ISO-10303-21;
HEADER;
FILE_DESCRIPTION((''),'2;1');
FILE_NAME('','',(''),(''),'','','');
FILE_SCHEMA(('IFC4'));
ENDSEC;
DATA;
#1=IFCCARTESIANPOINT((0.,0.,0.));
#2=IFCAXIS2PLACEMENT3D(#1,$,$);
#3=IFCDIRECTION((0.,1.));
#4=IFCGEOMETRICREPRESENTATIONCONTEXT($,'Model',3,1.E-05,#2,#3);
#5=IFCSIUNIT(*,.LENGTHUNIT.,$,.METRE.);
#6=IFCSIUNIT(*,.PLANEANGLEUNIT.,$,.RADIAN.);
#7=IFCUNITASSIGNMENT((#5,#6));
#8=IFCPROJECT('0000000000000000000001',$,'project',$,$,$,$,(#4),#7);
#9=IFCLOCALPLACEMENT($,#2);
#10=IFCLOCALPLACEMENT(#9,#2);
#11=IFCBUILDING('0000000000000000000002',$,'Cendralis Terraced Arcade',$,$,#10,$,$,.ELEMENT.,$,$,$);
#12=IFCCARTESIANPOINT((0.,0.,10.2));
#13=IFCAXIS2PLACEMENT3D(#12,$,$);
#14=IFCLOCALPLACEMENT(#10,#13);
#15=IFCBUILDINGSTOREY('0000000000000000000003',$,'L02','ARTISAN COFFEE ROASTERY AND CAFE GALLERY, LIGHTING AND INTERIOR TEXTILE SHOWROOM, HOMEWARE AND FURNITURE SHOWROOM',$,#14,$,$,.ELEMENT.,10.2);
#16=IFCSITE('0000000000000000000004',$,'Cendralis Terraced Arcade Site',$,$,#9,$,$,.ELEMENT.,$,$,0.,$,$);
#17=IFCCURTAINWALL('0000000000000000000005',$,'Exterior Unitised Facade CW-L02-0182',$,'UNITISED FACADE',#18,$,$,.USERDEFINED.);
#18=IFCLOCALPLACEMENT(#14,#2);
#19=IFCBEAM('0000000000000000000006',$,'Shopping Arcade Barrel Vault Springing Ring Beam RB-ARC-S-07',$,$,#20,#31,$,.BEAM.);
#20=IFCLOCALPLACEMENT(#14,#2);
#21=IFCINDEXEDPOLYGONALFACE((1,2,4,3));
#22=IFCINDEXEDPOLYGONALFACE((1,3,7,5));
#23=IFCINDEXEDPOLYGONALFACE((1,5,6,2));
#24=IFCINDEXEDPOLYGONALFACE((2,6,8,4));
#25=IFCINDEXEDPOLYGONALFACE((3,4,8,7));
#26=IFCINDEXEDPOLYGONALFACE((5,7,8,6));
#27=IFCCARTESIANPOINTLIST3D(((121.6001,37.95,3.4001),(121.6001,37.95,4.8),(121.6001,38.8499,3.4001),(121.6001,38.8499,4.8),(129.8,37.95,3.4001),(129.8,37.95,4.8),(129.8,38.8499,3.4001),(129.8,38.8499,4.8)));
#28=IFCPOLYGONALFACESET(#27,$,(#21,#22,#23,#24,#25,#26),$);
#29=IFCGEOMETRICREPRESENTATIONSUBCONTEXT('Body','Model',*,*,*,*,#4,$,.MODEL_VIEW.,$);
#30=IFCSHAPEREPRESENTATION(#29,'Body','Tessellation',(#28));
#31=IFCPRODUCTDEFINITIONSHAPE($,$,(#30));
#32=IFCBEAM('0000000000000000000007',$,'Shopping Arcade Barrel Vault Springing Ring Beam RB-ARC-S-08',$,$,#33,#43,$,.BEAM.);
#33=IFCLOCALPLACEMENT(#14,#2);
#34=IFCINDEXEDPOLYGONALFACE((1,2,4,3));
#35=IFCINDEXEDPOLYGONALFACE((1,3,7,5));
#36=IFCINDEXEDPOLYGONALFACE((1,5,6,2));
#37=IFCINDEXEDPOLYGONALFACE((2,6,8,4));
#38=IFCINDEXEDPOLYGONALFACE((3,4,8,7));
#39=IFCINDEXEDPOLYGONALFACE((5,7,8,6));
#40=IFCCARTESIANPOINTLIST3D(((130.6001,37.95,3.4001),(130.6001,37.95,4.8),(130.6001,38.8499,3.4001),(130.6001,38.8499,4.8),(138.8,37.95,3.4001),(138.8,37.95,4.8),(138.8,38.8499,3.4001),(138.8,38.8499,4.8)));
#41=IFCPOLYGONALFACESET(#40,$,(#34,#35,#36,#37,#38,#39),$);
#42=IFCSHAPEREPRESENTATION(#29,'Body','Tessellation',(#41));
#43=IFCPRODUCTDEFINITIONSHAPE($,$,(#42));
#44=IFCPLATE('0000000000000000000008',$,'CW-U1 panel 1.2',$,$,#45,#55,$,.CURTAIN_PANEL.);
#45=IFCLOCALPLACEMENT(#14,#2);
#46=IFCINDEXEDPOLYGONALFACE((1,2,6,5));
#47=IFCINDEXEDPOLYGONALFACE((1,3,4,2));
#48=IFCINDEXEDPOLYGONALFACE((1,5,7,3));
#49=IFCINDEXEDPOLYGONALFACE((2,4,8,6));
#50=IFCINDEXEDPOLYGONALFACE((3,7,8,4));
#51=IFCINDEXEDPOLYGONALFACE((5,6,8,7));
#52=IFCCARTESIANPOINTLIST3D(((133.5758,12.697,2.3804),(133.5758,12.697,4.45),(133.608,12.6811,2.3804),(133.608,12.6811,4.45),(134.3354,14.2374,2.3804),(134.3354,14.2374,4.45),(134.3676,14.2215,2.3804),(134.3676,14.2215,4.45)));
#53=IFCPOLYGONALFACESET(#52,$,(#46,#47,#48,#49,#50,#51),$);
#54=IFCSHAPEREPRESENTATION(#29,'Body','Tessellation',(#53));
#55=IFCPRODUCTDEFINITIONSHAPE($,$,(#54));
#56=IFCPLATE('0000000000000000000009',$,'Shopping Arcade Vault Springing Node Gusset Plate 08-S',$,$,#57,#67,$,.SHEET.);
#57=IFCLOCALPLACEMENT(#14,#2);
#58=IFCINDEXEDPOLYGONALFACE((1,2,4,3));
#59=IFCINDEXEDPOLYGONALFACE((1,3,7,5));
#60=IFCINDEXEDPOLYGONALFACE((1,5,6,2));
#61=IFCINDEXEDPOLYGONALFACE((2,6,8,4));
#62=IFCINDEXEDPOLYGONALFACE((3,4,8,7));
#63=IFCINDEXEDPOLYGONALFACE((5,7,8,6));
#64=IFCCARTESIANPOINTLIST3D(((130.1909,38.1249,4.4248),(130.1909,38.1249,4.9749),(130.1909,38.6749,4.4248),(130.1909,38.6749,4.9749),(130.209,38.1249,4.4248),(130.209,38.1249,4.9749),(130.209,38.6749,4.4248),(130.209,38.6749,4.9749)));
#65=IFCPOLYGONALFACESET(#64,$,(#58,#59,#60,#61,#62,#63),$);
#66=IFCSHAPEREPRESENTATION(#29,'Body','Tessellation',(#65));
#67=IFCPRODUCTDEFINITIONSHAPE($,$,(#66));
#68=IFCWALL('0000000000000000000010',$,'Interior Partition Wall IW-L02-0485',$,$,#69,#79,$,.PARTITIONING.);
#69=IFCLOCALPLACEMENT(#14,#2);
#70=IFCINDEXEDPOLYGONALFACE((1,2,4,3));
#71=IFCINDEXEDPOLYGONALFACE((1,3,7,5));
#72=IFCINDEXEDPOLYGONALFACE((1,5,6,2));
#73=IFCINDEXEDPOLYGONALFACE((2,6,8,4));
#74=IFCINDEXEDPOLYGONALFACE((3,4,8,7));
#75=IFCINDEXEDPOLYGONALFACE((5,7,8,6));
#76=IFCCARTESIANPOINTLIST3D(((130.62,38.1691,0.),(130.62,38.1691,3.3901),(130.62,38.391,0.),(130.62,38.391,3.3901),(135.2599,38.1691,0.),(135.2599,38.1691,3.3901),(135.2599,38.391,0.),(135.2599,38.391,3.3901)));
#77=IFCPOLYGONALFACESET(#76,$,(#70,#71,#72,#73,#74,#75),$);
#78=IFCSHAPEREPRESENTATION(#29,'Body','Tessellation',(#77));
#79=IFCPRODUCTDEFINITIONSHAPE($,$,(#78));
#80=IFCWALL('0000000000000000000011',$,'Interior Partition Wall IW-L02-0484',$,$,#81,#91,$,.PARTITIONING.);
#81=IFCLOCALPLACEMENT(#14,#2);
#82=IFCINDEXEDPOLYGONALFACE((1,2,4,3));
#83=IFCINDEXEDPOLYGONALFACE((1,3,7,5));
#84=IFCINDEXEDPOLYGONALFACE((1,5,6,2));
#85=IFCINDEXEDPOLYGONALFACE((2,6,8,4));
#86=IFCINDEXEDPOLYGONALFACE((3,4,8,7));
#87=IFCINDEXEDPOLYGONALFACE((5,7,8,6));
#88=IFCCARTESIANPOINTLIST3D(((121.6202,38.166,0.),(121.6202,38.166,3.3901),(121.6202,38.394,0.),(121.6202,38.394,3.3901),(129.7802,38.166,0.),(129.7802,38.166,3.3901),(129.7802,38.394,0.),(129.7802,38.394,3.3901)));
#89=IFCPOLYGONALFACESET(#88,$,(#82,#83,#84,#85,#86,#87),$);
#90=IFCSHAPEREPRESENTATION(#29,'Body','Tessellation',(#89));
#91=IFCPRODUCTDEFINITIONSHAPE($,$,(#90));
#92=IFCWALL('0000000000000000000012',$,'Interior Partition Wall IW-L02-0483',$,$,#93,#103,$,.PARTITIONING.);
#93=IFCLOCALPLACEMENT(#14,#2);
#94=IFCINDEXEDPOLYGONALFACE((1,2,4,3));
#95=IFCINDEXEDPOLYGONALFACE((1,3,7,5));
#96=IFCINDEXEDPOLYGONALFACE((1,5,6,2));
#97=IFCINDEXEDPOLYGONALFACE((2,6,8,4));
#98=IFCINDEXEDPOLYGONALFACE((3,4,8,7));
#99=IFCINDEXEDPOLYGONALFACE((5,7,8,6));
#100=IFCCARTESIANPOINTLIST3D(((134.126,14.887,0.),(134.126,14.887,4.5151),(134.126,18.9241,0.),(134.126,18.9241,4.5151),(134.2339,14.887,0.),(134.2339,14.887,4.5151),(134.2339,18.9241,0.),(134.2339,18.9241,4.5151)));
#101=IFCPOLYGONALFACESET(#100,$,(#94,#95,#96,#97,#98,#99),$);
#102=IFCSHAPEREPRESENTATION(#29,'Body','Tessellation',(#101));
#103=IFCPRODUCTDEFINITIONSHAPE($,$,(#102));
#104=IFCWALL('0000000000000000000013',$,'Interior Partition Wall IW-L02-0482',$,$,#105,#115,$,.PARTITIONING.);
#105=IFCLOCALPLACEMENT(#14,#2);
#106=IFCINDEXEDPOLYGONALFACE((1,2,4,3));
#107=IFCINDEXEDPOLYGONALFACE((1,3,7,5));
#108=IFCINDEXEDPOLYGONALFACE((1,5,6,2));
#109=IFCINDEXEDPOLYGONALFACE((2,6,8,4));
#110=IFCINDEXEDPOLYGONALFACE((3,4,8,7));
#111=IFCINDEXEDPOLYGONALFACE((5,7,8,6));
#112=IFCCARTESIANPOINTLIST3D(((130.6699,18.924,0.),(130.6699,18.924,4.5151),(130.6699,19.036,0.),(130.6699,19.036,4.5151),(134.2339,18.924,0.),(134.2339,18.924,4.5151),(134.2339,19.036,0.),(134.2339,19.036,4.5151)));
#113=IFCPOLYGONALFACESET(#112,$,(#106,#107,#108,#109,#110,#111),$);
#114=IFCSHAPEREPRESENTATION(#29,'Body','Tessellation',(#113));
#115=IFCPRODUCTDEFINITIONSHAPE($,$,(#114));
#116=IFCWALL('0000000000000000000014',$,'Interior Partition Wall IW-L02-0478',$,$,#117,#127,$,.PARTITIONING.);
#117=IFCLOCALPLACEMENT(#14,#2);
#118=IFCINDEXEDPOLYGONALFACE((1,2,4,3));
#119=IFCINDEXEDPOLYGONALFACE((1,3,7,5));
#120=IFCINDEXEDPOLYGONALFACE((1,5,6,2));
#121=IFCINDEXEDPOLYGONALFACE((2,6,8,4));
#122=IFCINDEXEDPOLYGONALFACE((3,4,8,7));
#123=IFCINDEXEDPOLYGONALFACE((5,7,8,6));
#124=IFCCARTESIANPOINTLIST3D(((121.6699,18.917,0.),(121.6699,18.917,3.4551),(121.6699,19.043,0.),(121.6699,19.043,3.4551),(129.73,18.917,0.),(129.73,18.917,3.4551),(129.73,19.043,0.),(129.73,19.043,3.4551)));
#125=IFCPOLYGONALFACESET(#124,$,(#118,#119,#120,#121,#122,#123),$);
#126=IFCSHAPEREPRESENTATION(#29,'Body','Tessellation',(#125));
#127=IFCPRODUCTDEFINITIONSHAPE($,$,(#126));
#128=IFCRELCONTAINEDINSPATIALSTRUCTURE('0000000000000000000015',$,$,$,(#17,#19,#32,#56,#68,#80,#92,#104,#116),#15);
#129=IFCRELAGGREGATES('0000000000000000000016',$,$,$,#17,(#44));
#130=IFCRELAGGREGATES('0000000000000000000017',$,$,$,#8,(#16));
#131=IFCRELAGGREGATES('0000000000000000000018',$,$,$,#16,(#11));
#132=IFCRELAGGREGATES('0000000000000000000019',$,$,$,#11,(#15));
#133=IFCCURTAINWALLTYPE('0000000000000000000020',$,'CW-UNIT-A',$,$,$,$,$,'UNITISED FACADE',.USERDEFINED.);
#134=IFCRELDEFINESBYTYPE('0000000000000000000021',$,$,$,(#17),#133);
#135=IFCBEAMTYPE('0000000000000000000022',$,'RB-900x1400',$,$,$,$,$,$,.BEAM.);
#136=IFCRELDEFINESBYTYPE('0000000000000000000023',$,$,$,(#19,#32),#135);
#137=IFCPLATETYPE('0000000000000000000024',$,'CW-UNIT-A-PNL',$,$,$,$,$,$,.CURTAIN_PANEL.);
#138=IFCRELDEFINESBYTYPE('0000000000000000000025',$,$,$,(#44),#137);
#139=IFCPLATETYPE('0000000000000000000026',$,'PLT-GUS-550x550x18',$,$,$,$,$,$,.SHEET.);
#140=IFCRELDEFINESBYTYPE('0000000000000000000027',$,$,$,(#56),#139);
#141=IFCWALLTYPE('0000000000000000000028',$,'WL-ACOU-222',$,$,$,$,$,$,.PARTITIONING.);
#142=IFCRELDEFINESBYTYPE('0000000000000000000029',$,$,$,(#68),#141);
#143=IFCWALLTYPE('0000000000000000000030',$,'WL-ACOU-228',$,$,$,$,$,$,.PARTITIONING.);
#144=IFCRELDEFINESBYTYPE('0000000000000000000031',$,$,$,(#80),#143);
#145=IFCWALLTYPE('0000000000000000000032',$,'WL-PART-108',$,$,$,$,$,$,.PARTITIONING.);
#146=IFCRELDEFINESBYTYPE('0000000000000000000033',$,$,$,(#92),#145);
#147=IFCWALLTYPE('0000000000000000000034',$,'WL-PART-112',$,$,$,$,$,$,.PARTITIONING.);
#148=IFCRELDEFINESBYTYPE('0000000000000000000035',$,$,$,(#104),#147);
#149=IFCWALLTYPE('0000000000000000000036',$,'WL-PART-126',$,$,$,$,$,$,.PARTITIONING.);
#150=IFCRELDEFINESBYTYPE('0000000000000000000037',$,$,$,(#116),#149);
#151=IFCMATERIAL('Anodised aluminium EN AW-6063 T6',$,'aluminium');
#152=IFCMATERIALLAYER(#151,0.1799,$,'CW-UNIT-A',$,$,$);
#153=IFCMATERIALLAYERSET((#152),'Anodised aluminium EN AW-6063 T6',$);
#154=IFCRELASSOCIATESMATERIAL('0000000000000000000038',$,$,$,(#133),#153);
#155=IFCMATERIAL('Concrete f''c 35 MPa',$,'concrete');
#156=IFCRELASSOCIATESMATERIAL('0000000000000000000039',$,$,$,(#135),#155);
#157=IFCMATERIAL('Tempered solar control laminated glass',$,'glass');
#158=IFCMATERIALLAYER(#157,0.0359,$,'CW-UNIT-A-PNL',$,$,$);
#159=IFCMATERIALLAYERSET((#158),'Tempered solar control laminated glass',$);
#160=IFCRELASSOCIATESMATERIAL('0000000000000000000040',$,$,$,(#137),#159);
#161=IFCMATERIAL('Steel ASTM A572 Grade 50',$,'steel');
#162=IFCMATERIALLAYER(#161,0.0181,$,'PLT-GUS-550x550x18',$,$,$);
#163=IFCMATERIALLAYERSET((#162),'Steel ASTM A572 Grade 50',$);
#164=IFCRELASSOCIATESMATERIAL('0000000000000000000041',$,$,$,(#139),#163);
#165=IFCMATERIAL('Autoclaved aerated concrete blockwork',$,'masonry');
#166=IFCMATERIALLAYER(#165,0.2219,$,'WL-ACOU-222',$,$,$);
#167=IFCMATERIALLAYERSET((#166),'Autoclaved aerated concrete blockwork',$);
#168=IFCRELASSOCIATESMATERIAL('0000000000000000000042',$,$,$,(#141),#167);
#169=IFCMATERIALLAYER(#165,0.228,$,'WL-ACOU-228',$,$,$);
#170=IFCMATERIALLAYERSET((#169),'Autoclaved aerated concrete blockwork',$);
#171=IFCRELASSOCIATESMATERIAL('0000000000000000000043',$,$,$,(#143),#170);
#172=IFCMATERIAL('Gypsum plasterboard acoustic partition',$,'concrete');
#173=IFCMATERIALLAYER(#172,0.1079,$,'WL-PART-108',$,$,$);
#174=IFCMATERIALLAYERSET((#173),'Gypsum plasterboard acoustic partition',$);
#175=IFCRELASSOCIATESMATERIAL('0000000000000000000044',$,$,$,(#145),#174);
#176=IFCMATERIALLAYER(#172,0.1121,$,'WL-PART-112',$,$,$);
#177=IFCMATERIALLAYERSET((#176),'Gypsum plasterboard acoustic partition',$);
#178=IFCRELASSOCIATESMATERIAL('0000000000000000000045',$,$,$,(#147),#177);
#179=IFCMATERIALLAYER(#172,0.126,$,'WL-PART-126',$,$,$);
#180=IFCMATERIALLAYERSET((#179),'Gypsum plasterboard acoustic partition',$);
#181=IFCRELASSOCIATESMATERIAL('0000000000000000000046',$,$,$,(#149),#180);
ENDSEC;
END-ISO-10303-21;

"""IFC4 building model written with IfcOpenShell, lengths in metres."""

from ifc_helpers import new_model, si_unit, direction, frame, frame_2d, origin, origin_2d, place, context, subcontext, project, spatial, rectangle, extrude, material, layer, layer_set, material_profile, profile_set, type_object, element, aggregate, save


model = new_model("IFC4")

# Units and contexts
model_context = context("Model", 3, precision=1e-05, world=origin(), true_north=direction((0.0, 1.0)))
body_context = subcontext(model_context, "Body", "Model", "MODEL_VIEW")
ifc_project = project(units=[si_unit("LENGTHUNIT", "METRE"), si_unit("PLANEANGLEUNIT", "RADIAN")], contexts=[model_context])

# Site, building, storey
site_placement = place(None, origin())
site = spatial("IfcSite", under=ifc_project, at=site_placement, Name="Cendralis Terraced Arcade Site", CompositionType="ELEMENT", RefElevation=0.0)
building_placement = place(site_placement, origin())
building = spatial("IfcBuilding", under=site, at=building_placement, Name="Cendralis Terraced Arcade", CompositionType="ELEMENT")
storey_placement = place(building_placement, frame((0.0, 0.0, 10.2)))
storey = spatial("IfcBuildingStorey", under=building, at=storey_placement, Name="L02", Description="ARTISAN COFFEE ROASTERY AND CAFE GALLERY, LIGHTING AND INTERIOR TEXTILE SHOWROOM, HOMEWARE AND FURNITURE SHOWROOM", CompositionType="ELEMENT", Elevation=10.2)

# Shared definitions
ifc_material_1 = material(Name="Concrete f'c 35 MPa", Category="concrete")

# Shared definitions
ifc_material_2 = material(Name="Anodised aluminium EN AW-6063 T6", Category="aluminium")
ifc_layer_1 = layer(ifc_material_2, 0.1799, Name="CW-UNIT-A")
ifc_layer_set_1 = layer_set([ifc_layer_1], Name="Anodised aluminium EN AW-6063 T6")
curtain_wall_type = type_object("IfcCurtainWallType", Name="CW-UNIT-A", ElementType="UNITISED FACADE", PredefinedType="USERDEFINED", material=ifc_layer_set_1)

# Curtain wall
curtain_wall_1_placement = place(storey_placement, origin())
curtain_wall_1 = element("IfcCurtainWall", 1, at=curtain_wall_1_placement, inside=storey, type_object=curtain_wall_type, Name="Exterior Unitised Facade CW-L02-0182", ObjectType="UNITISED FACADE", PredefinedType="USERDEFINED")

# Beams
ifc_material_profile_1 = material_profile(ifc_material_1, rectangle(XDim=0.8999, YDim=1.3999, at=origin_2d()), Name="RC-RB-900x1400", Category="LoadBearing")
ifc_profile_set_1 = profile_set([ifc_material_profile_1], Name="Concrete f'c 35 MPa")
beam_type_1 = type_object("IfcBeamType", Name="RB-900x1400", PredefinedType="BEAM", material=ifc_profile_set_1)
for number, where, z_axis, x_axis, name in (
    (2, (121.6001, 38.3999, 4.1001), (1.0, 0.0, 0.0), (0.0, 1.0, 0.0), "Shopping Arcade Barrel Vault Springing Ring Beam RB-ARC-S-07"),
    (3, (130.6001, 38.3999, 4.1001), (1.0, 0.0, 0.0), (0.0, 1.0, 0.0), "Shopping Arcade Barrel Vault Springing Ring Beam RB-ARC-S-08"),
):
    element("IfcBeam", number, at=place(storey_placement, frame(where, z_axis=z_axis, x_axis=x_axis)), inside=storey, type_object=beam_type_1, Name=name, PredefinedType="BEAM", context=body_context, shape_type="SweptSolid", body=[
        extrude(rectangle(XDim=0.8999, YDim=1.3999, at=origin_2d()), origin(), (0.0, 0.0, 1.0), 8.2),
    ])

# Plates
ifc_material_3 = material(Name="Tempered solar control laminated glass", Category="glass")
ifc_layer_2 = layer(ifc_material_3, 0.0359, Name="CW-UNIT-A-PNL")
ifc_layer_set_2 = layer_set([ifc_layer_2], Name="Tempered solar control laminated glass")
plate_type_1 = type_object("IfcPlateType", Name="CW-UNIT-A-PNL", PredefinedType="CURTAIN_PANEL", material=ifc_layer_set_2)
plate_1_placement = place(storey_placement, frame((133.9717, 13.4592, 2.3804), z_axis=(0.0, 0.0, 1.0), x_axis=(-0.44227, -0.896882, 0.0)))
plate_1 = element("IfcPlate", 4, at=plate_1_placement, type_object=plate_type_1, Name="CW-U1 panel 1.2", PredefinedType="CURTAIN_PANEL", context=body_context, shape_type="SweptSolid", body=[
    extrude(rectangle(XDim=1.7175, YDim=0.0359, at=origin_2d()), origin(), (0.0, 0.0, 1.0), 2.0696),
])
aggregate(curtain_wall_1, [plate_1])
ifc_material_4 = material(Name="Steel ASTM A572 Grade 50", Category="steel")
ifc_layer_3 = layer(ifc_material_4, 0.0181, Name="PLT-GUS-550x550x18")
ifc_layer_set_3 = layer_set([ifc_layer_3], Name="Steel ASTM A572 Grade 50")
plate_type_2 = type_object("IfcPlateType", Name="PLT-GUS-550x550x18", PredefinedType="SHEET", material=ifc_layer_set_3)
plate_2_placement = place(storey_placement, frame((130.2, 38.3999, 4.4248), z_axis=(0.0, 0.0, 1.0), x_axis=(0.0, 1.0, 0.0)))
element("IfcPlate", 5, at=plate_2_placement, inside=storey, type_object=plate_type_2, Name="Shopping Arcade Vault Springing Node Gusset Plate 08-S", PredefinedType="SHEET", context=body_context, shape_type="SweptSolid", body=[
    extrude(rectangle(XDim=0.55, YDim=0.0181, at=origin_2d()), origin(), (0.0, 0.0, 1.0), 0.55),
])

# Walls
ifc_material_5 = material(Name="Autoclaved aerated concrete blockwork", Category="masonry")
ifc_layer_4 = layer(ifc_material_5, 0.2219, Name="WL-ACOU-222")
ifc_layer_set_4 = layer_set([ifc_layer_4], Name="Autoclaved aerated concrete blockwork")
wall_type_1 = type_object("IfcWallType", Name="WL-ACOU-222", PredefinedType="PARTITIONING", material=ifc_layer_set_4)
wall_1_placement = place(storey_placement, frame((130.6201, 38.28, 0.0), z_axis=(0.0, 0.0, 1.0), x_axis=(1.0, 0.0, 0.0)))
element("IfcWall", 6, at=wall_1_placement, inside=storey, type_object=wall_type_1, Name="Interior Partition Wall IW-L02-0485", PredefinedType="PARTITIONING", context=body_context, shape_type="SweptSolid", body=[
    extrude(rectangle(XDim=4.6399, YDim=0.2219, at=frame_2d((2.3198, 0.0))), origin(), (0.0, 0.0, 1.0), 3.3901),
])
ifc_layer_5 = layer(ifc_material_5, 0.228, Name="WL-ACOU-228")
ifc_layer_set_5 = layer_set([ifc_layer_5], Name="Autoclaved aerated concrete blockwork")
wall_type_2 = type_object("IfcWallType", Name="WL-ACOU-228", PredefinedType="PARTITIONING", material=ifc_layer_set_5)
wall_2_placement = place(storey_placement, frame((121.6201, 38.28, 0.0), z_axis=(0.0, 0.0, 1.0), x_axis=(1.0, 0.0, 0.0)))
element("IfcWall", 7, at=wall_2_placement, inside=storey, type_object=wall_type_2, Name="Interior Partition Wall IW-L02-0484", PredefinedType="PARTITIONING", context=body_context, shape_type="SweptSolid", body=[
    extrude(rectangle(XDim=8.1599, YDim=0.228, at=frame_2d((4.0801, 0.0))), origin(), (0.0, 0.0, 1.0), 3.3901),
])
ifc_material_6 = material(Name="Gypsum plasterboard acoustic partition", Category="concrete")
ifc_layer_6 = layer(ifc_material_6, 0.1079, Name="WL-PART-108")
ifc_layer_set_6 = layer_set([ifc_layer_6], Name="Gypsum plasterboard acoustic partition")
wall_type_3 = type_object("IfcWallType", Name="WL-PART-108", PredefinedType="PARTITIONING", material=ifc_layer_set_6)
wall_3_placement = place(storey_placement, frame((134.1799, 14.887, 0.0), z_axis=(0.0, 0.0, 1.0), x_axis=(0.0, 1.0, 0.0)))
element("IfcWall", 8, at=wall_3_placement, inside=storey, type_object=wall_type_3, Name="Interior Partition Wall IW-L02-0483", PredefinedType="PARTITIONING", context=body_context, shape_type="SweptSolid", body=[
    extrude(rectangle(XDim=4.0371, YDim=0.1079, at=frame_2d((2.0186, 0.0))), origin(), (0.0, 0.0, 1.0), 4.5151),
])
ifc_layer_7 = layer(ifc_material_6, 0.1121, Name="WL-PART-112")
ifc_layer_set_7 = layer_set([ifc_layer_7], Name="Gypsum plasterboard acoustic partition")
wall_type_4 = type_object("IfcWallType", Name="WL-PART-112", PredefinedType="PARTITIONING", material=ifc_layer_set_7)
wall_4_placement = place(storey_placement, frame((134.2339, 18.98, 0.0), z_axis=(0.0, 0.0, 1.0), x_axis=(-1.0, 0.0, 0.0)))
element("IfcWall", 9, at=wall_4_placement, inside=storey, type_object=wall_type_4, Name="Interior Partition Wall IW-L02-0482", PredefinedType="PARTITIONING", context=body_context, shape_type="SweptSolid", body=[
    extrude(rectangle(XDim=3.564, YDim=0.1121, at=frame_2d((1.782, 0.0))), origin(), (0.0, 0.0, 1.0), 4.5151),
])
ifc_layer_8 = layer(ifc_material_6, 0.126, Name="WL-PART-126")
ifc_layer_set_8 = layer_set([ifc_layer_8], Name="Gypsum plasterboard acoustic partition")
wall_type_5 = type_object("IfcWallType", Name="WL-PART-126", PredefinedType="PARTITIONING", material=ifc_layer_set_8)
wall_5_placement = place(storey_placement, frame((129.73, 18.98, 0.0), z_axis=(0.0, 0.0, 1.0), x_axis=(-1.0, 0.0, 0.0)))
element("IfcWall", 10, at=wall_5_placement, inside=storey, type_object=wall_type_5, Name="Interior Partition Wall IW-L02-0478", PredefinedType="PARTITIONING", context=body_context, shape_type="SweptSolid", body=[
    extrude(rectangle(XDim=8.0601, YDim=0.126, at=frame_2d((4.03, 0.0))), origin(), (0.0, 0.0, 1.0), 3.4551),
])

save(model, "model.ifc")
